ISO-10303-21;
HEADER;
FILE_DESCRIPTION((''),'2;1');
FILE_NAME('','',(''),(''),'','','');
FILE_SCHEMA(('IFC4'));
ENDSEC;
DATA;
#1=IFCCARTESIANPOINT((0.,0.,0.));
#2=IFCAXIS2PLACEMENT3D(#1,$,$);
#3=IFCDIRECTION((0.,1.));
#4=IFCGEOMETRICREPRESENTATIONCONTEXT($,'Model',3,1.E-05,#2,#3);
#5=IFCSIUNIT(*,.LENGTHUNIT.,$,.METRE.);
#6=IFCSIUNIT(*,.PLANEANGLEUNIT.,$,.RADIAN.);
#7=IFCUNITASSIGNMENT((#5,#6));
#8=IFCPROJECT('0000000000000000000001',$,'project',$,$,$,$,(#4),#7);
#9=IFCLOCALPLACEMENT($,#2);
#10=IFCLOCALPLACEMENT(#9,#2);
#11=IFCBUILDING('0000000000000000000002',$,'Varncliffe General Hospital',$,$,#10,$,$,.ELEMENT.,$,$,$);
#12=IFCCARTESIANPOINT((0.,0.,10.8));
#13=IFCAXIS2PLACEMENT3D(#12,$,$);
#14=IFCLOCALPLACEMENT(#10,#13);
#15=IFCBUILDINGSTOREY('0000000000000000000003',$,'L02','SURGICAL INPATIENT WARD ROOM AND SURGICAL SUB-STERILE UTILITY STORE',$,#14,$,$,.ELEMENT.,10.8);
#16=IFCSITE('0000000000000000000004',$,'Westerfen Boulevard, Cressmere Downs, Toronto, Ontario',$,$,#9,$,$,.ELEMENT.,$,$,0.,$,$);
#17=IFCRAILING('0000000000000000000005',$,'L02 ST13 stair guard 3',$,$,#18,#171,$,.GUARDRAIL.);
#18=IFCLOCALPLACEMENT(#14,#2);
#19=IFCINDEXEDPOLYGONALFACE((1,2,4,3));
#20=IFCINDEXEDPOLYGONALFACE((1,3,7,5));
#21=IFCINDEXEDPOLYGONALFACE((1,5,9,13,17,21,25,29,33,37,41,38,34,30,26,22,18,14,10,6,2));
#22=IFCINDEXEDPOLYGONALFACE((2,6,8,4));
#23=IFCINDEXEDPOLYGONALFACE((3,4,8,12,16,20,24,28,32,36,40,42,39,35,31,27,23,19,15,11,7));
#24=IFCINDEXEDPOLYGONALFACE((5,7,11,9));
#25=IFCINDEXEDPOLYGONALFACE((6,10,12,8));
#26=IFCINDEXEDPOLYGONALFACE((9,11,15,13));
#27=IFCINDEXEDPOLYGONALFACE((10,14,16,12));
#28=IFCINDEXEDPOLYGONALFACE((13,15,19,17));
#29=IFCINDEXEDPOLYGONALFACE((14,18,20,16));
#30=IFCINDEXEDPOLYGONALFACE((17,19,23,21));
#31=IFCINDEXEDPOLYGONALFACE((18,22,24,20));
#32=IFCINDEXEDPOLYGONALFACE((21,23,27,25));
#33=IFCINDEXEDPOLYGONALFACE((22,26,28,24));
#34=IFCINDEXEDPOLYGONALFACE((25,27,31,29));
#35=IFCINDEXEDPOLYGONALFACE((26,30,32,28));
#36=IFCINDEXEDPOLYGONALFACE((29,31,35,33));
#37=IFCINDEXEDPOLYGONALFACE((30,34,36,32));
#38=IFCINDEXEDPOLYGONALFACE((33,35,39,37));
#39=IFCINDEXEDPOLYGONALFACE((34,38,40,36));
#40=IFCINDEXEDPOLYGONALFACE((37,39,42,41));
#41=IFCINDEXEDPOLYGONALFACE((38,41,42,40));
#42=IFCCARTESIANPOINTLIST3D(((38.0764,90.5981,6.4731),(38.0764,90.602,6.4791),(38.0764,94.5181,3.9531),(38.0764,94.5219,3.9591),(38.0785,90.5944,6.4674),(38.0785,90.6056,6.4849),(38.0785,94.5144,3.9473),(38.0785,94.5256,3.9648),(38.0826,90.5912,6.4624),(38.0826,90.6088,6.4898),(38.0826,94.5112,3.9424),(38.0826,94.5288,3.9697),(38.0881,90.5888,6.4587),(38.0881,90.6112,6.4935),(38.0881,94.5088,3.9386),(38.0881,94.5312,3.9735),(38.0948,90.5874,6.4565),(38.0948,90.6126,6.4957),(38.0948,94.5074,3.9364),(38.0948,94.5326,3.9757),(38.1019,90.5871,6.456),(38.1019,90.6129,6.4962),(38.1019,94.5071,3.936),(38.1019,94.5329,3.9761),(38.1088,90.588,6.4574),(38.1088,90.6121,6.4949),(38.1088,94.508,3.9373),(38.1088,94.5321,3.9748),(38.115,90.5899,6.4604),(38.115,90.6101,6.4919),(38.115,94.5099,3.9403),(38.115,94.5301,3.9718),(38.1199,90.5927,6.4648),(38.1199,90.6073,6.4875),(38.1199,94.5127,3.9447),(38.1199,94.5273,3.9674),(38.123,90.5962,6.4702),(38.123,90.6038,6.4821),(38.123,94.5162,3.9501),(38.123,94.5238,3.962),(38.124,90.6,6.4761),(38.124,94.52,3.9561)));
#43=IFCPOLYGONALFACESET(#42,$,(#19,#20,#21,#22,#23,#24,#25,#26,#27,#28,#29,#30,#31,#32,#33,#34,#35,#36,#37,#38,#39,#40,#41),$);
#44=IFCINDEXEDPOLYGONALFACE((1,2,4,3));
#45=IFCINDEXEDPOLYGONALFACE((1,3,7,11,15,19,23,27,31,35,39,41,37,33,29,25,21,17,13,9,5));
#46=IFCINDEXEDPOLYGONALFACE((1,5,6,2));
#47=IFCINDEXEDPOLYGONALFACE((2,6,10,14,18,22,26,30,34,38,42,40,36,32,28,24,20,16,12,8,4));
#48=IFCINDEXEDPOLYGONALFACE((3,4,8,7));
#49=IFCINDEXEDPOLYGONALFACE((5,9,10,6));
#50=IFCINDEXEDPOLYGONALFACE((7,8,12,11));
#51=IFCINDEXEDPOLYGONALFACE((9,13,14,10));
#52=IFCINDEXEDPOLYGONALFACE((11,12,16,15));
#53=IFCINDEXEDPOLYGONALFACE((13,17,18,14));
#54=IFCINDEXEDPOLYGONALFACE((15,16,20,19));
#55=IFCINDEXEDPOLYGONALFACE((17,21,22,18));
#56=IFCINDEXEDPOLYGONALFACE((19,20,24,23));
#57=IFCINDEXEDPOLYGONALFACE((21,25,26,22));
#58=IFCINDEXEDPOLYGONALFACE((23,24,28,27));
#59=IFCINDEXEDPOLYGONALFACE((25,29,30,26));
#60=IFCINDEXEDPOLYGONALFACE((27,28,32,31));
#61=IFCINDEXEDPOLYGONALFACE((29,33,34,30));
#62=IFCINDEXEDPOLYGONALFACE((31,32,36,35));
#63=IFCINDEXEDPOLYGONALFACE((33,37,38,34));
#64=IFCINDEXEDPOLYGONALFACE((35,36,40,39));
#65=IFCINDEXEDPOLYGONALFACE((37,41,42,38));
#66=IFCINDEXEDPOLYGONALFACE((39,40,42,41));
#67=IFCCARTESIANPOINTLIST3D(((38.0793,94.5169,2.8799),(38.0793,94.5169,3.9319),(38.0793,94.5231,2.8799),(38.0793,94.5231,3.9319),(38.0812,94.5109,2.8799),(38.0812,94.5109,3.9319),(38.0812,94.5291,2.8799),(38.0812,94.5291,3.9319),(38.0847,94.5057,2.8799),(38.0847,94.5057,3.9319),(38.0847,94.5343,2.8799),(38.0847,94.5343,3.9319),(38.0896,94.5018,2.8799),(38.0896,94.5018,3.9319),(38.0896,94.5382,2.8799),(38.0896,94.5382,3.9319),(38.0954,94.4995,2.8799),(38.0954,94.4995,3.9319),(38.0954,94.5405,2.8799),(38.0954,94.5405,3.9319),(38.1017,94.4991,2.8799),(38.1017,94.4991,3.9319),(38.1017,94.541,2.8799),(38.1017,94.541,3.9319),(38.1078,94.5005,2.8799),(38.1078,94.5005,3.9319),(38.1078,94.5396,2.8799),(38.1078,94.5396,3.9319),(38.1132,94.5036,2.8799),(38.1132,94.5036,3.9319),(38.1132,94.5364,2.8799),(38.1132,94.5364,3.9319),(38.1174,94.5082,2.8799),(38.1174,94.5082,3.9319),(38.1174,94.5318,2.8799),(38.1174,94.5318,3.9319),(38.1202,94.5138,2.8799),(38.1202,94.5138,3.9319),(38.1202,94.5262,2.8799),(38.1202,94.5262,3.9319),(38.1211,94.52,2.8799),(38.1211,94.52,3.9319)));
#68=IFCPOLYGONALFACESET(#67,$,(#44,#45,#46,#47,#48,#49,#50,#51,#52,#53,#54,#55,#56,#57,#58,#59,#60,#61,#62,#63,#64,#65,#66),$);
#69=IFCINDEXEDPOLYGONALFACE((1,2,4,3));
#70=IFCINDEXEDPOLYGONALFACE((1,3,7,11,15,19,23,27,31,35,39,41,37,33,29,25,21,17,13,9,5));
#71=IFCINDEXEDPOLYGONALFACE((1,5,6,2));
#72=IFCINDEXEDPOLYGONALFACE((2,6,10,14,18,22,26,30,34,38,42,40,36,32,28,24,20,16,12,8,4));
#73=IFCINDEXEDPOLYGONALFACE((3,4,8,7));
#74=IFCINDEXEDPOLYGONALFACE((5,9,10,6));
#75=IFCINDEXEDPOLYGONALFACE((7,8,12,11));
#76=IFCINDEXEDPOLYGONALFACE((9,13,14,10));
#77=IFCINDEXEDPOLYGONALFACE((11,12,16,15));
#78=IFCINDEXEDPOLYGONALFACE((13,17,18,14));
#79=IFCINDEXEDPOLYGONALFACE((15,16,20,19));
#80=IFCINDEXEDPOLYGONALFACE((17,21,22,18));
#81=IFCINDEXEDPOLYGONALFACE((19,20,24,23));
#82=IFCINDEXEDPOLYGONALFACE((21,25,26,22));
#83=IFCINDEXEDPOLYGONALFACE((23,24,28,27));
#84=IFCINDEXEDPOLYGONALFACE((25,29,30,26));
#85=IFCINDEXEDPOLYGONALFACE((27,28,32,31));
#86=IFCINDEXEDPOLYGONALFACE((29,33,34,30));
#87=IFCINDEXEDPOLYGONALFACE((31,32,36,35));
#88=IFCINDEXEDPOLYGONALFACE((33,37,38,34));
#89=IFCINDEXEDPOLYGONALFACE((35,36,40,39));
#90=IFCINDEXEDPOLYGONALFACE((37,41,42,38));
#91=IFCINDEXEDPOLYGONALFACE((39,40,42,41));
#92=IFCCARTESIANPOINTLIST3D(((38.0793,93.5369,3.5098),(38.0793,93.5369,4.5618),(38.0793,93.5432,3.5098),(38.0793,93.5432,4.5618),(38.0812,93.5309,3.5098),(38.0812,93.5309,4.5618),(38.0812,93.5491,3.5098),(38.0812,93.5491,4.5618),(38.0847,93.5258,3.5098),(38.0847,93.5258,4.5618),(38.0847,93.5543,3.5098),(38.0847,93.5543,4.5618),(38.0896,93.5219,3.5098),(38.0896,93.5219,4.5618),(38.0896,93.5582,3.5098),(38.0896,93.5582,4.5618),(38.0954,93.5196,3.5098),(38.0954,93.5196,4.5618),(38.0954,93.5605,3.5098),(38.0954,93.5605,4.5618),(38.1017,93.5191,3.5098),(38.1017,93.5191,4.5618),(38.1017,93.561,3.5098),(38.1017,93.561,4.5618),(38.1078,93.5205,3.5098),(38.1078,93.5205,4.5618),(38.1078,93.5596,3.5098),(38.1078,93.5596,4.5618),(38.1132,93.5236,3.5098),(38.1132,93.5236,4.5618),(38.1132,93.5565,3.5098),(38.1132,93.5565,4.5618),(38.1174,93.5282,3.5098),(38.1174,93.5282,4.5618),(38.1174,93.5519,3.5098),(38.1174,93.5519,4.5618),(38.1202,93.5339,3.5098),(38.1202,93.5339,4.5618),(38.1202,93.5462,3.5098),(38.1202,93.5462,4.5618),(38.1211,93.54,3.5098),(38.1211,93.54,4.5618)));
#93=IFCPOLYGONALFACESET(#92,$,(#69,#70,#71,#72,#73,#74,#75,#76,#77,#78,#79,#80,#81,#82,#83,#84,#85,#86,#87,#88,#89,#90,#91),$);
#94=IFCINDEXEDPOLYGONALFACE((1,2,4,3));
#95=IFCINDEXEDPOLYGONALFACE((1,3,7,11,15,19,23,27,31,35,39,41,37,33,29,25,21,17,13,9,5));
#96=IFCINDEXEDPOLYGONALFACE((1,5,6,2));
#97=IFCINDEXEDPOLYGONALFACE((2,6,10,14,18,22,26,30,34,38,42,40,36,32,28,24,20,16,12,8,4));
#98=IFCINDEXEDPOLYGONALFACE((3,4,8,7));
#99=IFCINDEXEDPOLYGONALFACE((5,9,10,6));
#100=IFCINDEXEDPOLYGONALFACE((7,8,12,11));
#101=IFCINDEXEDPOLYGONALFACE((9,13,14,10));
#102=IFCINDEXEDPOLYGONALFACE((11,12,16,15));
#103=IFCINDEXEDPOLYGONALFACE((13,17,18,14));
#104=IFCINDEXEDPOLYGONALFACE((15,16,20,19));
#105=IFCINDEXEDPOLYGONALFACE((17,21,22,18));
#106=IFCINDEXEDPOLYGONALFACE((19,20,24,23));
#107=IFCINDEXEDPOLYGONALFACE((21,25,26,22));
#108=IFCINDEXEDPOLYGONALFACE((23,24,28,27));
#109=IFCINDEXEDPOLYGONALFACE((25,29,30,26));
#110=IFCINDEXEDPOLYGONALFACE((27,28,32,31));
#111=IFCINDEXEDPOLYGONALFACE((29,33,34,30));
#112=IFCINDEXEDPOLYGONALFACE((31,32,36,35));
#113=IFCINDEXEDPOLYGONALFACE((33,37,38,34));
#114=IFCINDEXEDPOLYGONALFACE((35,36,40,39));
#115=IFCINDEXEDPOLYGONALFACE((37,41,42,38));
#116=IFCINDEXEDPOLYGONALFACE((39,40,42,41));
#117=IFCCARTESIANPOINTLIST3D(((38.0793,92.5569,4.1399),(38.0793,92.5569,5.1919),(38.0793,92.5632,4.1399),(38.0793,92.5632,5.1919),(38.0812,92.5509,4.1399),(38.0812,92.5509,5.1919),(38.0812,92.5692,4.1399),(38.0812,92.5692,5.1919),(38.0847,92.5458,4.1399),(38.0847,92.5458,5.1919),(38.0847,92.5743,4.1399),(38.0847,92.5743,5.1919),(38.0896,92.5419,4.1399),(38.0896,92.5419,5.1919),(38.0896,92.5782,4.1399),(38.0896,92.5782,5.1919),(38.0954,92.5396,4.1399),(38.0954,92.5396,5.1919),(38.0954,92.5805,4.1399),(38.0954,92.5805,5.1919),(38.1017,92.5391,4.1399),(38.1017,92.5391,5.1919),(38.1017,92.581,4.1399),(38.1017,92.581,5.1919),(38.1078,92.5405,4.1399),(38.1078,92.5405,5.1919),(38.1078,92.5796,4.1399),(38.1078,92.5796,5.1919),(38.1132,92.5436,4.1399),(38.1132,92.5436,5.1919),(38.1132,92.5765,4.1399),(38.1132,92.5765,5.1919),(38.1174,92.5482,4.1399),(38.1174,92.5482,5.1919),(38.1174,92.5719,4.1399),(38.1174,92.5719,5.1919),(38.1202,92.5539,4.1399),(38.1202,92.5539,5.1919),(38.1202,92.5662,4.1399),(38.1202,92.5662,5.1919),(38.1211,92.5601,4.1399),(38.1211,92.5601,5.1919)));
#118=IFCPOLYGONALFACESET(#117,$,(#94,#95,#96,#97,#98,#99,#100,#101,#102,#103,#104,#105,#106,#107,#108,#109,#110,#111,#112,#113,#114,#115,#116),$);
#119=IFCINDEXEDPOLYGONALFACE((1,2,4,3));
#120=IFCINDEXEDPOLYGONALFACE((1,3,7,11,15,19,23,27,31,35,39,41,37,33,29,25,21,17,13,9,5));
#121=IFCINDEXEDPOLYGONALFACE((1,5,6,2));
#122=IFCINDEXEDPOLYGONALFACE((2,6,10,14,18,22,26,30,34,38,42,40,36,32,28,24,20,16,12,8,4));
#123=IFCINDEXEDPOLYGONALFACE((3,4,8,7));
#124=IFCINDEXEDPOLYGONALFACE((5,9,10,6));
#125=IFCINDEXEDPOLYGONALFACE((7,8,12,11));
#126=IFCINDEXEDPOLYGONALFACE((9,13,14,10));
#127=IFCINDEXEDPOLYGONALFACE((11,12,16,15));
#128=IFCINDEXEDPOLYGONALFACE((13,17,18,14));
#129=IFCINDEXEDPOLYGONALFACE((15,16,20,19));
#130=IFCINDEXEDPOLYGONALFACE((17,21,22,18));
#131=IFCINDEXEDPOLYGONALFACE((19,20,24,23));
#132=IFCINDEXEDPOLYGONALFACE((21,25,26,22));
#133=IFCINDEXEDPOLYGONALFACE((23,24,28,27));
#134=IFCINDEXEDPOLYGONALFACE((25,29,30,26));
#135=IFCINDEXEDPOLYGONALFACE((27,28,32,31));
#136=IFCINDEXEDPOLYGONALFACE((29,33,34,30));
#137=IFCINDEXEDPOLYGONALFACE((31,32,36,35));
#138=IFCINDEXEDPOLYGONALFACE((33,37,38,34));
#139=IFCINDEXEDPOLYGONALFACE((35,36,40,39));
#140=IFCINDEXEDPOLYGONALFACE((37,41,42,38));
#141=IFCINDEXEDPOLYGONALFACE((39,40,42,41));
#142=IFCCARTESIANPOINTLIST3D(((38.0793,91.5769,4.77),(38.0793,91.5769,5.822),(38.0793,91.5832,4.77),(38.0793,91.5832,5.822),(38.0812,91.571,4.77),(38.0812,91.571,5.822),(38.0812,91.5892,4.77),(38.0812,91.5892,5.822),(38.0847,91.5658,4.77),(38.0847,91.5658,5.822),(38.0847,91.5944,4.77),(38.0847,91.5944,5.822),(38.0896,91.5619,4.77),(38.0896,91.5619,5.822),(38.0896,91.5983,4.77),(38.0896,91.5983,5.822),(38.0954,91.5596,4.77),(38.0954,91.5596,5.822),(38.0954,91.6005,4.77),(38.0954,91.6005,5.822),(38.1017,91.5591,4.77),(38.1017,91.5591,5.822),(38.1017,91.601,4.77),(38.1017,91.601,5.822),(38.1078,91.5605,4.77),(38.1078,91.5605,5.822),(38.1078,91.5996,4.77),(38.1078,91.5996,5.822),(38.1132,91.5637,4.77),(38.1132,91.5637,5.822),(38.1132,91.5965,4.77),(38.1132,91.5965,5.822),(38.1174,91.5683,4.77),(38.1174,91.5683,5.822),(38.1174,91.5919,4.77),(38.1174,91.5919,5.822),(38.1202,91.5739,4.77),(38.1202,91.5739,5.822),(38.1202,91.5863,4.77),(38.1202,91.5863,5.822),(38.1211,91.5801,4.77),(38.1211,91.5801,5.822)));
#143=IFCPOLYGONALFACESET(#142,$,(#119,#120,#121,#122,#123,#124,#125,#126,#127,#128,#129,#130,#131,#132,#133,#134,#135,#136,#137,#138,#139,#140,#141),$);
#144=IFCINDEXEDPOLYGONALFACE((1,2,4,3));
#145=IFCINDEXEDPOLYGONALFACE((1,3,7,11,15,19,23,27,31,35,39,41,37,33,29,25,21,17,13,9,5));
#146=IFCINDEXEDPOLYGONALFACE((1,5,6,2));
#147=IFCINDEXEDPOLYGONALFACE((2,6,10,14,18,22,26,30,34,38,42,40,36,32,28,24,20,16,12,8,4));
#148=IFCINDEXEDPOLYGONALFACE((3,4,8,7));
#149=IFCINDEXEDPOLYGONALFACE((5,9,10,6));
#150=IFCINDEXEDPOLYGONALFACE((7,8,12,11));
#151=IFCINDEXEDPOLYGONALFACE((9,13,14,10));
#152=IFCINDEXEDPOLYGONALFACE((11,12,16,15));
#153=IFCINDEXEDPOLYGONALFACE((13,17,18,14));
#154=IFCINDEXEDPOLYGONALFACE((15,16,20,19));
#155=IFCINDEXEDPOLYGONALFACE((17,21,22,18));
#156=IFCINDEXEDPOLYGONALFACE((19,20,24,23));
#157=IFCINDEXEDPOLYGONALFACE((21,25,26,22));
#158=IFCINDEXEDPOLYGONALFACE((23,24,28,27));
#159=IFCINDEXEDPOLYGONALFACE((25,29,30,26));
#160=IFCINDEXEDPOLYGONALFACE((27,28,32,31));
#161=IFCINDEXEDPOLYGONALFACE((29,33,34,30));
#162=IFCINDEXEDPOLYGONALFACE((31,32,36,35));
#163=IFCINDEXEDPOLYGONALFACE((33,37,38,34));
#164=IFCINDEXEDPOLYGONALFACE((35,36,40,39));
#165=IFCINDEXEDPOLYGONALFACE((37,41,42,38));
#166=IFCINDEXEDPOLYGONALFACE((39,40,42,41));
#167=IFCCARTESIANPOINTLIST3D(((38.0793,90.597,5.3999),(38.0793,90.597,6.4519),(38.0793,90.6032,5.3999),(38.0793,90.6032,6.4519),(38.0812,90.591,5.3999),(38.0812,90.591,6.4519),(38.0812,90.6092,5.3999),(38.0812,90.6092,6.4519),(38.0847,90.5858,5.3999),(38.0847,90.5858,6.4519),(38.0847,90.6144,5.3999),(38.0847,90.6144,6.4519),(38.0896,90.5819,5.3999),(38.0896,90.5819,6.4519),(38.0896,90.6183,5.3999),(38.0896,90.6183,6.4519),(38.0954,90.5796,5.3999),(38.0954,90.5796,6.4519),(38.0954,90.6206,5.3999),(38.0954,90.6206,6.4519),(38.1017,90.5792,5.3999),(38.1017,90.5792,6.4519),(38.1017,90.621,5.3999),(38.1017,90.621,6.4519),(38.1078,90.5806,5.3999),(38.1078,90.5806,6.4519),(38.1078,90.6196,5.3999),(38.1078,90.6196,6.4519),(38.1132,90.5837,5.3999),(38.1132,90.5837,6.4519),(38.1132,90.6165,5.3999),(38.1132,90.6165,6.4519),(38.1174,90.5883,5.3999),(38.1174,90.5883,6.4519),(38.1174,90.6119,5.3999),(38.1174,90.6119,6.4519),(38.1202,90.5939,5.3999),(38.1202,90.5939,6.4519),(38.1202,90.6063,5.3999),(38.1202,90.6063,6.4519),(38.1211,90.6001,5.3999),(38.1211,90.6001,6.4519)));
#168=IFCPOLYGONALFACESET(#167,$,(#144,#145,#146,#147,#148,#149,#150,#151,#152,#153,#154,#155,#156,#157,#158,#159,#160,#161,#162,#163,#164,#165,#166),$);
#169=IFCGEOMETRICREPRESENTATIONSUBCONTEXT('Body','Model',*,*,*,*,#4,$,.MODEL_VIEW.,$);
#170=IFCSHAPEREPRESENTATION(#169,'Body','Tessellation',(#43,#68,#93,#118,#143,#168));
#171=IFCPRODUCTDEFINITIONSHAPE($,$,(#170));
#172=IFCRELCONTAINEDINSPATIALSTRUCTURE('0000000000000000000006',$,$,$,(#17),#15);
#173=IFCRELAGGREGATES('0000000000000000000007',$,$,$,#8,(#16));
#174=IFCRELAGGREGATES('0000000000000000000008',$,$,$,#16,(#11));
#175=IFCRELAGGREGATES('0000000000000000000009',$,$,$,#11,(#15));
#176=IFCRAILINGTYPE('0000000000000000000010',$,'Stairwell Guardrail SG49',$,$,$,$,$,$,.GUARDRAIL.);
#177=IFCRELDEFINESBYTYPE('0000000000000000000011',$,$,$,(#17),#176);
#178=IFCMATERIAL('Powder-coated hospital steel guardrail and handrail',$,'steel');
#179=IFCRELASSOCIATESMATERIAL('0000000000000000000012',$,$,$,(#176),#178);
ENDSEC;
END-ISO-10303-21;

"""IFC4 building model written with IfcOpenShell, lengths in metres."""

from ifc_helpers import new_model, si_unit, direction, frame, origin, origin_2d, place, context, subcontext, project, spatial, circle, extrude, material, type_object, element, save


model = new_model("IFC4")

# Units and contexts
model_context = context("Model", 3, precision=1e-05, world=origin(), true_north=direction((0.0, 1.0)))
body_context = subcontext(model_context, "Body", "Model", "MODEL_VIEW")
ifc_project = project(units=[si_unit("LENGTHUNIT", "METRE"), si_unit("PLANEANGLEUNIT", "RADIAN")], contexts=[model_context])

# Site, building, storey
site_placement = place(None, origin())
site = spatial("IfcSite", under=ifc_project, at=site_placement, Name="Westerfen Boulevard, Cressmere Downs, Toronto, Ontario", CompositionType="ELEMENT", RefElevation=0.0)
building_placement = place(site_placement, origin())
building = spatial("IfcBuilding", under=site, at=building_placement, Name="Varncliffe General Hospital", CompositionType="ELEMENT")
storey_placement = place(building_placement, frame((0.0, 0.0, 10.8)))
storey = spatial("IfcBuildingStorey", under=building, at=storey_placement, Name="L02", Description="SURGICAL INPATIENT WARD ROOM AND SURGICAL SUB-STERILE UTILITY STORE", CompositionType="ELEMENT", Elevation=10.8)

# Railing
ifc_material_1 = material(Name="Powder-coated hospital steel guardrail and handrail", Category="steel")
railing_type_1 = type_object("IfcRailingType", Name="Stairwell Guardrail SG49", PredefinedType="GUARDRAIL", material=ifc_material_1)
railing_1_placement = place(storey_placement, frame((38.1001, 94.52, 2.8799)))
element("IfcRailing", 1, at=railing_1_placement, inside=storey, type_object=railing_type_1, Name="L02 ST13 stair guard 3", PredefinedType="GUARDRAIL", context=body_context, shape_type="SweptSolid", body=[
    extrude(circle(Radius=0.0239, at=origin_2d()), frame((0.0, 0.0, 1.0762), z_axis=(0.0, -0.841172, 0.540768), x_axis=(1.0, 0.0, 0.0)), (0.0, 0.0, 1.0), 4.6602),
    extrude(circle(Radius=0.021, at=origin_2d()), origin(), (0.0, 0.0, 1.0), 1.052),
    extrude(circle(Radius=0.021, at=origin_2d()), frame((0.0, -0.98, 0.6299)), (0.0, 0.0, 1.0), 1.052),
    extrude(circle(Radius=0.021, at=origin_2d()), frame((0.0, -1.96, 1.26)), (0.0, 0.0, 1.0), 1.052),
    extrude(circle(Radius=0.021, at=origin_2d()), frame((0.0, -2.9399, 1.8901)), (0.0, 0.0, 1.0), 1.052),
    extrude(circle(Radius=0.021, at=origin_2d()), frame((0.0, -3.9199, 2.52)), (0.0, 0.0, 1.0), 1.052),
])

save(model, "model.ifc")
